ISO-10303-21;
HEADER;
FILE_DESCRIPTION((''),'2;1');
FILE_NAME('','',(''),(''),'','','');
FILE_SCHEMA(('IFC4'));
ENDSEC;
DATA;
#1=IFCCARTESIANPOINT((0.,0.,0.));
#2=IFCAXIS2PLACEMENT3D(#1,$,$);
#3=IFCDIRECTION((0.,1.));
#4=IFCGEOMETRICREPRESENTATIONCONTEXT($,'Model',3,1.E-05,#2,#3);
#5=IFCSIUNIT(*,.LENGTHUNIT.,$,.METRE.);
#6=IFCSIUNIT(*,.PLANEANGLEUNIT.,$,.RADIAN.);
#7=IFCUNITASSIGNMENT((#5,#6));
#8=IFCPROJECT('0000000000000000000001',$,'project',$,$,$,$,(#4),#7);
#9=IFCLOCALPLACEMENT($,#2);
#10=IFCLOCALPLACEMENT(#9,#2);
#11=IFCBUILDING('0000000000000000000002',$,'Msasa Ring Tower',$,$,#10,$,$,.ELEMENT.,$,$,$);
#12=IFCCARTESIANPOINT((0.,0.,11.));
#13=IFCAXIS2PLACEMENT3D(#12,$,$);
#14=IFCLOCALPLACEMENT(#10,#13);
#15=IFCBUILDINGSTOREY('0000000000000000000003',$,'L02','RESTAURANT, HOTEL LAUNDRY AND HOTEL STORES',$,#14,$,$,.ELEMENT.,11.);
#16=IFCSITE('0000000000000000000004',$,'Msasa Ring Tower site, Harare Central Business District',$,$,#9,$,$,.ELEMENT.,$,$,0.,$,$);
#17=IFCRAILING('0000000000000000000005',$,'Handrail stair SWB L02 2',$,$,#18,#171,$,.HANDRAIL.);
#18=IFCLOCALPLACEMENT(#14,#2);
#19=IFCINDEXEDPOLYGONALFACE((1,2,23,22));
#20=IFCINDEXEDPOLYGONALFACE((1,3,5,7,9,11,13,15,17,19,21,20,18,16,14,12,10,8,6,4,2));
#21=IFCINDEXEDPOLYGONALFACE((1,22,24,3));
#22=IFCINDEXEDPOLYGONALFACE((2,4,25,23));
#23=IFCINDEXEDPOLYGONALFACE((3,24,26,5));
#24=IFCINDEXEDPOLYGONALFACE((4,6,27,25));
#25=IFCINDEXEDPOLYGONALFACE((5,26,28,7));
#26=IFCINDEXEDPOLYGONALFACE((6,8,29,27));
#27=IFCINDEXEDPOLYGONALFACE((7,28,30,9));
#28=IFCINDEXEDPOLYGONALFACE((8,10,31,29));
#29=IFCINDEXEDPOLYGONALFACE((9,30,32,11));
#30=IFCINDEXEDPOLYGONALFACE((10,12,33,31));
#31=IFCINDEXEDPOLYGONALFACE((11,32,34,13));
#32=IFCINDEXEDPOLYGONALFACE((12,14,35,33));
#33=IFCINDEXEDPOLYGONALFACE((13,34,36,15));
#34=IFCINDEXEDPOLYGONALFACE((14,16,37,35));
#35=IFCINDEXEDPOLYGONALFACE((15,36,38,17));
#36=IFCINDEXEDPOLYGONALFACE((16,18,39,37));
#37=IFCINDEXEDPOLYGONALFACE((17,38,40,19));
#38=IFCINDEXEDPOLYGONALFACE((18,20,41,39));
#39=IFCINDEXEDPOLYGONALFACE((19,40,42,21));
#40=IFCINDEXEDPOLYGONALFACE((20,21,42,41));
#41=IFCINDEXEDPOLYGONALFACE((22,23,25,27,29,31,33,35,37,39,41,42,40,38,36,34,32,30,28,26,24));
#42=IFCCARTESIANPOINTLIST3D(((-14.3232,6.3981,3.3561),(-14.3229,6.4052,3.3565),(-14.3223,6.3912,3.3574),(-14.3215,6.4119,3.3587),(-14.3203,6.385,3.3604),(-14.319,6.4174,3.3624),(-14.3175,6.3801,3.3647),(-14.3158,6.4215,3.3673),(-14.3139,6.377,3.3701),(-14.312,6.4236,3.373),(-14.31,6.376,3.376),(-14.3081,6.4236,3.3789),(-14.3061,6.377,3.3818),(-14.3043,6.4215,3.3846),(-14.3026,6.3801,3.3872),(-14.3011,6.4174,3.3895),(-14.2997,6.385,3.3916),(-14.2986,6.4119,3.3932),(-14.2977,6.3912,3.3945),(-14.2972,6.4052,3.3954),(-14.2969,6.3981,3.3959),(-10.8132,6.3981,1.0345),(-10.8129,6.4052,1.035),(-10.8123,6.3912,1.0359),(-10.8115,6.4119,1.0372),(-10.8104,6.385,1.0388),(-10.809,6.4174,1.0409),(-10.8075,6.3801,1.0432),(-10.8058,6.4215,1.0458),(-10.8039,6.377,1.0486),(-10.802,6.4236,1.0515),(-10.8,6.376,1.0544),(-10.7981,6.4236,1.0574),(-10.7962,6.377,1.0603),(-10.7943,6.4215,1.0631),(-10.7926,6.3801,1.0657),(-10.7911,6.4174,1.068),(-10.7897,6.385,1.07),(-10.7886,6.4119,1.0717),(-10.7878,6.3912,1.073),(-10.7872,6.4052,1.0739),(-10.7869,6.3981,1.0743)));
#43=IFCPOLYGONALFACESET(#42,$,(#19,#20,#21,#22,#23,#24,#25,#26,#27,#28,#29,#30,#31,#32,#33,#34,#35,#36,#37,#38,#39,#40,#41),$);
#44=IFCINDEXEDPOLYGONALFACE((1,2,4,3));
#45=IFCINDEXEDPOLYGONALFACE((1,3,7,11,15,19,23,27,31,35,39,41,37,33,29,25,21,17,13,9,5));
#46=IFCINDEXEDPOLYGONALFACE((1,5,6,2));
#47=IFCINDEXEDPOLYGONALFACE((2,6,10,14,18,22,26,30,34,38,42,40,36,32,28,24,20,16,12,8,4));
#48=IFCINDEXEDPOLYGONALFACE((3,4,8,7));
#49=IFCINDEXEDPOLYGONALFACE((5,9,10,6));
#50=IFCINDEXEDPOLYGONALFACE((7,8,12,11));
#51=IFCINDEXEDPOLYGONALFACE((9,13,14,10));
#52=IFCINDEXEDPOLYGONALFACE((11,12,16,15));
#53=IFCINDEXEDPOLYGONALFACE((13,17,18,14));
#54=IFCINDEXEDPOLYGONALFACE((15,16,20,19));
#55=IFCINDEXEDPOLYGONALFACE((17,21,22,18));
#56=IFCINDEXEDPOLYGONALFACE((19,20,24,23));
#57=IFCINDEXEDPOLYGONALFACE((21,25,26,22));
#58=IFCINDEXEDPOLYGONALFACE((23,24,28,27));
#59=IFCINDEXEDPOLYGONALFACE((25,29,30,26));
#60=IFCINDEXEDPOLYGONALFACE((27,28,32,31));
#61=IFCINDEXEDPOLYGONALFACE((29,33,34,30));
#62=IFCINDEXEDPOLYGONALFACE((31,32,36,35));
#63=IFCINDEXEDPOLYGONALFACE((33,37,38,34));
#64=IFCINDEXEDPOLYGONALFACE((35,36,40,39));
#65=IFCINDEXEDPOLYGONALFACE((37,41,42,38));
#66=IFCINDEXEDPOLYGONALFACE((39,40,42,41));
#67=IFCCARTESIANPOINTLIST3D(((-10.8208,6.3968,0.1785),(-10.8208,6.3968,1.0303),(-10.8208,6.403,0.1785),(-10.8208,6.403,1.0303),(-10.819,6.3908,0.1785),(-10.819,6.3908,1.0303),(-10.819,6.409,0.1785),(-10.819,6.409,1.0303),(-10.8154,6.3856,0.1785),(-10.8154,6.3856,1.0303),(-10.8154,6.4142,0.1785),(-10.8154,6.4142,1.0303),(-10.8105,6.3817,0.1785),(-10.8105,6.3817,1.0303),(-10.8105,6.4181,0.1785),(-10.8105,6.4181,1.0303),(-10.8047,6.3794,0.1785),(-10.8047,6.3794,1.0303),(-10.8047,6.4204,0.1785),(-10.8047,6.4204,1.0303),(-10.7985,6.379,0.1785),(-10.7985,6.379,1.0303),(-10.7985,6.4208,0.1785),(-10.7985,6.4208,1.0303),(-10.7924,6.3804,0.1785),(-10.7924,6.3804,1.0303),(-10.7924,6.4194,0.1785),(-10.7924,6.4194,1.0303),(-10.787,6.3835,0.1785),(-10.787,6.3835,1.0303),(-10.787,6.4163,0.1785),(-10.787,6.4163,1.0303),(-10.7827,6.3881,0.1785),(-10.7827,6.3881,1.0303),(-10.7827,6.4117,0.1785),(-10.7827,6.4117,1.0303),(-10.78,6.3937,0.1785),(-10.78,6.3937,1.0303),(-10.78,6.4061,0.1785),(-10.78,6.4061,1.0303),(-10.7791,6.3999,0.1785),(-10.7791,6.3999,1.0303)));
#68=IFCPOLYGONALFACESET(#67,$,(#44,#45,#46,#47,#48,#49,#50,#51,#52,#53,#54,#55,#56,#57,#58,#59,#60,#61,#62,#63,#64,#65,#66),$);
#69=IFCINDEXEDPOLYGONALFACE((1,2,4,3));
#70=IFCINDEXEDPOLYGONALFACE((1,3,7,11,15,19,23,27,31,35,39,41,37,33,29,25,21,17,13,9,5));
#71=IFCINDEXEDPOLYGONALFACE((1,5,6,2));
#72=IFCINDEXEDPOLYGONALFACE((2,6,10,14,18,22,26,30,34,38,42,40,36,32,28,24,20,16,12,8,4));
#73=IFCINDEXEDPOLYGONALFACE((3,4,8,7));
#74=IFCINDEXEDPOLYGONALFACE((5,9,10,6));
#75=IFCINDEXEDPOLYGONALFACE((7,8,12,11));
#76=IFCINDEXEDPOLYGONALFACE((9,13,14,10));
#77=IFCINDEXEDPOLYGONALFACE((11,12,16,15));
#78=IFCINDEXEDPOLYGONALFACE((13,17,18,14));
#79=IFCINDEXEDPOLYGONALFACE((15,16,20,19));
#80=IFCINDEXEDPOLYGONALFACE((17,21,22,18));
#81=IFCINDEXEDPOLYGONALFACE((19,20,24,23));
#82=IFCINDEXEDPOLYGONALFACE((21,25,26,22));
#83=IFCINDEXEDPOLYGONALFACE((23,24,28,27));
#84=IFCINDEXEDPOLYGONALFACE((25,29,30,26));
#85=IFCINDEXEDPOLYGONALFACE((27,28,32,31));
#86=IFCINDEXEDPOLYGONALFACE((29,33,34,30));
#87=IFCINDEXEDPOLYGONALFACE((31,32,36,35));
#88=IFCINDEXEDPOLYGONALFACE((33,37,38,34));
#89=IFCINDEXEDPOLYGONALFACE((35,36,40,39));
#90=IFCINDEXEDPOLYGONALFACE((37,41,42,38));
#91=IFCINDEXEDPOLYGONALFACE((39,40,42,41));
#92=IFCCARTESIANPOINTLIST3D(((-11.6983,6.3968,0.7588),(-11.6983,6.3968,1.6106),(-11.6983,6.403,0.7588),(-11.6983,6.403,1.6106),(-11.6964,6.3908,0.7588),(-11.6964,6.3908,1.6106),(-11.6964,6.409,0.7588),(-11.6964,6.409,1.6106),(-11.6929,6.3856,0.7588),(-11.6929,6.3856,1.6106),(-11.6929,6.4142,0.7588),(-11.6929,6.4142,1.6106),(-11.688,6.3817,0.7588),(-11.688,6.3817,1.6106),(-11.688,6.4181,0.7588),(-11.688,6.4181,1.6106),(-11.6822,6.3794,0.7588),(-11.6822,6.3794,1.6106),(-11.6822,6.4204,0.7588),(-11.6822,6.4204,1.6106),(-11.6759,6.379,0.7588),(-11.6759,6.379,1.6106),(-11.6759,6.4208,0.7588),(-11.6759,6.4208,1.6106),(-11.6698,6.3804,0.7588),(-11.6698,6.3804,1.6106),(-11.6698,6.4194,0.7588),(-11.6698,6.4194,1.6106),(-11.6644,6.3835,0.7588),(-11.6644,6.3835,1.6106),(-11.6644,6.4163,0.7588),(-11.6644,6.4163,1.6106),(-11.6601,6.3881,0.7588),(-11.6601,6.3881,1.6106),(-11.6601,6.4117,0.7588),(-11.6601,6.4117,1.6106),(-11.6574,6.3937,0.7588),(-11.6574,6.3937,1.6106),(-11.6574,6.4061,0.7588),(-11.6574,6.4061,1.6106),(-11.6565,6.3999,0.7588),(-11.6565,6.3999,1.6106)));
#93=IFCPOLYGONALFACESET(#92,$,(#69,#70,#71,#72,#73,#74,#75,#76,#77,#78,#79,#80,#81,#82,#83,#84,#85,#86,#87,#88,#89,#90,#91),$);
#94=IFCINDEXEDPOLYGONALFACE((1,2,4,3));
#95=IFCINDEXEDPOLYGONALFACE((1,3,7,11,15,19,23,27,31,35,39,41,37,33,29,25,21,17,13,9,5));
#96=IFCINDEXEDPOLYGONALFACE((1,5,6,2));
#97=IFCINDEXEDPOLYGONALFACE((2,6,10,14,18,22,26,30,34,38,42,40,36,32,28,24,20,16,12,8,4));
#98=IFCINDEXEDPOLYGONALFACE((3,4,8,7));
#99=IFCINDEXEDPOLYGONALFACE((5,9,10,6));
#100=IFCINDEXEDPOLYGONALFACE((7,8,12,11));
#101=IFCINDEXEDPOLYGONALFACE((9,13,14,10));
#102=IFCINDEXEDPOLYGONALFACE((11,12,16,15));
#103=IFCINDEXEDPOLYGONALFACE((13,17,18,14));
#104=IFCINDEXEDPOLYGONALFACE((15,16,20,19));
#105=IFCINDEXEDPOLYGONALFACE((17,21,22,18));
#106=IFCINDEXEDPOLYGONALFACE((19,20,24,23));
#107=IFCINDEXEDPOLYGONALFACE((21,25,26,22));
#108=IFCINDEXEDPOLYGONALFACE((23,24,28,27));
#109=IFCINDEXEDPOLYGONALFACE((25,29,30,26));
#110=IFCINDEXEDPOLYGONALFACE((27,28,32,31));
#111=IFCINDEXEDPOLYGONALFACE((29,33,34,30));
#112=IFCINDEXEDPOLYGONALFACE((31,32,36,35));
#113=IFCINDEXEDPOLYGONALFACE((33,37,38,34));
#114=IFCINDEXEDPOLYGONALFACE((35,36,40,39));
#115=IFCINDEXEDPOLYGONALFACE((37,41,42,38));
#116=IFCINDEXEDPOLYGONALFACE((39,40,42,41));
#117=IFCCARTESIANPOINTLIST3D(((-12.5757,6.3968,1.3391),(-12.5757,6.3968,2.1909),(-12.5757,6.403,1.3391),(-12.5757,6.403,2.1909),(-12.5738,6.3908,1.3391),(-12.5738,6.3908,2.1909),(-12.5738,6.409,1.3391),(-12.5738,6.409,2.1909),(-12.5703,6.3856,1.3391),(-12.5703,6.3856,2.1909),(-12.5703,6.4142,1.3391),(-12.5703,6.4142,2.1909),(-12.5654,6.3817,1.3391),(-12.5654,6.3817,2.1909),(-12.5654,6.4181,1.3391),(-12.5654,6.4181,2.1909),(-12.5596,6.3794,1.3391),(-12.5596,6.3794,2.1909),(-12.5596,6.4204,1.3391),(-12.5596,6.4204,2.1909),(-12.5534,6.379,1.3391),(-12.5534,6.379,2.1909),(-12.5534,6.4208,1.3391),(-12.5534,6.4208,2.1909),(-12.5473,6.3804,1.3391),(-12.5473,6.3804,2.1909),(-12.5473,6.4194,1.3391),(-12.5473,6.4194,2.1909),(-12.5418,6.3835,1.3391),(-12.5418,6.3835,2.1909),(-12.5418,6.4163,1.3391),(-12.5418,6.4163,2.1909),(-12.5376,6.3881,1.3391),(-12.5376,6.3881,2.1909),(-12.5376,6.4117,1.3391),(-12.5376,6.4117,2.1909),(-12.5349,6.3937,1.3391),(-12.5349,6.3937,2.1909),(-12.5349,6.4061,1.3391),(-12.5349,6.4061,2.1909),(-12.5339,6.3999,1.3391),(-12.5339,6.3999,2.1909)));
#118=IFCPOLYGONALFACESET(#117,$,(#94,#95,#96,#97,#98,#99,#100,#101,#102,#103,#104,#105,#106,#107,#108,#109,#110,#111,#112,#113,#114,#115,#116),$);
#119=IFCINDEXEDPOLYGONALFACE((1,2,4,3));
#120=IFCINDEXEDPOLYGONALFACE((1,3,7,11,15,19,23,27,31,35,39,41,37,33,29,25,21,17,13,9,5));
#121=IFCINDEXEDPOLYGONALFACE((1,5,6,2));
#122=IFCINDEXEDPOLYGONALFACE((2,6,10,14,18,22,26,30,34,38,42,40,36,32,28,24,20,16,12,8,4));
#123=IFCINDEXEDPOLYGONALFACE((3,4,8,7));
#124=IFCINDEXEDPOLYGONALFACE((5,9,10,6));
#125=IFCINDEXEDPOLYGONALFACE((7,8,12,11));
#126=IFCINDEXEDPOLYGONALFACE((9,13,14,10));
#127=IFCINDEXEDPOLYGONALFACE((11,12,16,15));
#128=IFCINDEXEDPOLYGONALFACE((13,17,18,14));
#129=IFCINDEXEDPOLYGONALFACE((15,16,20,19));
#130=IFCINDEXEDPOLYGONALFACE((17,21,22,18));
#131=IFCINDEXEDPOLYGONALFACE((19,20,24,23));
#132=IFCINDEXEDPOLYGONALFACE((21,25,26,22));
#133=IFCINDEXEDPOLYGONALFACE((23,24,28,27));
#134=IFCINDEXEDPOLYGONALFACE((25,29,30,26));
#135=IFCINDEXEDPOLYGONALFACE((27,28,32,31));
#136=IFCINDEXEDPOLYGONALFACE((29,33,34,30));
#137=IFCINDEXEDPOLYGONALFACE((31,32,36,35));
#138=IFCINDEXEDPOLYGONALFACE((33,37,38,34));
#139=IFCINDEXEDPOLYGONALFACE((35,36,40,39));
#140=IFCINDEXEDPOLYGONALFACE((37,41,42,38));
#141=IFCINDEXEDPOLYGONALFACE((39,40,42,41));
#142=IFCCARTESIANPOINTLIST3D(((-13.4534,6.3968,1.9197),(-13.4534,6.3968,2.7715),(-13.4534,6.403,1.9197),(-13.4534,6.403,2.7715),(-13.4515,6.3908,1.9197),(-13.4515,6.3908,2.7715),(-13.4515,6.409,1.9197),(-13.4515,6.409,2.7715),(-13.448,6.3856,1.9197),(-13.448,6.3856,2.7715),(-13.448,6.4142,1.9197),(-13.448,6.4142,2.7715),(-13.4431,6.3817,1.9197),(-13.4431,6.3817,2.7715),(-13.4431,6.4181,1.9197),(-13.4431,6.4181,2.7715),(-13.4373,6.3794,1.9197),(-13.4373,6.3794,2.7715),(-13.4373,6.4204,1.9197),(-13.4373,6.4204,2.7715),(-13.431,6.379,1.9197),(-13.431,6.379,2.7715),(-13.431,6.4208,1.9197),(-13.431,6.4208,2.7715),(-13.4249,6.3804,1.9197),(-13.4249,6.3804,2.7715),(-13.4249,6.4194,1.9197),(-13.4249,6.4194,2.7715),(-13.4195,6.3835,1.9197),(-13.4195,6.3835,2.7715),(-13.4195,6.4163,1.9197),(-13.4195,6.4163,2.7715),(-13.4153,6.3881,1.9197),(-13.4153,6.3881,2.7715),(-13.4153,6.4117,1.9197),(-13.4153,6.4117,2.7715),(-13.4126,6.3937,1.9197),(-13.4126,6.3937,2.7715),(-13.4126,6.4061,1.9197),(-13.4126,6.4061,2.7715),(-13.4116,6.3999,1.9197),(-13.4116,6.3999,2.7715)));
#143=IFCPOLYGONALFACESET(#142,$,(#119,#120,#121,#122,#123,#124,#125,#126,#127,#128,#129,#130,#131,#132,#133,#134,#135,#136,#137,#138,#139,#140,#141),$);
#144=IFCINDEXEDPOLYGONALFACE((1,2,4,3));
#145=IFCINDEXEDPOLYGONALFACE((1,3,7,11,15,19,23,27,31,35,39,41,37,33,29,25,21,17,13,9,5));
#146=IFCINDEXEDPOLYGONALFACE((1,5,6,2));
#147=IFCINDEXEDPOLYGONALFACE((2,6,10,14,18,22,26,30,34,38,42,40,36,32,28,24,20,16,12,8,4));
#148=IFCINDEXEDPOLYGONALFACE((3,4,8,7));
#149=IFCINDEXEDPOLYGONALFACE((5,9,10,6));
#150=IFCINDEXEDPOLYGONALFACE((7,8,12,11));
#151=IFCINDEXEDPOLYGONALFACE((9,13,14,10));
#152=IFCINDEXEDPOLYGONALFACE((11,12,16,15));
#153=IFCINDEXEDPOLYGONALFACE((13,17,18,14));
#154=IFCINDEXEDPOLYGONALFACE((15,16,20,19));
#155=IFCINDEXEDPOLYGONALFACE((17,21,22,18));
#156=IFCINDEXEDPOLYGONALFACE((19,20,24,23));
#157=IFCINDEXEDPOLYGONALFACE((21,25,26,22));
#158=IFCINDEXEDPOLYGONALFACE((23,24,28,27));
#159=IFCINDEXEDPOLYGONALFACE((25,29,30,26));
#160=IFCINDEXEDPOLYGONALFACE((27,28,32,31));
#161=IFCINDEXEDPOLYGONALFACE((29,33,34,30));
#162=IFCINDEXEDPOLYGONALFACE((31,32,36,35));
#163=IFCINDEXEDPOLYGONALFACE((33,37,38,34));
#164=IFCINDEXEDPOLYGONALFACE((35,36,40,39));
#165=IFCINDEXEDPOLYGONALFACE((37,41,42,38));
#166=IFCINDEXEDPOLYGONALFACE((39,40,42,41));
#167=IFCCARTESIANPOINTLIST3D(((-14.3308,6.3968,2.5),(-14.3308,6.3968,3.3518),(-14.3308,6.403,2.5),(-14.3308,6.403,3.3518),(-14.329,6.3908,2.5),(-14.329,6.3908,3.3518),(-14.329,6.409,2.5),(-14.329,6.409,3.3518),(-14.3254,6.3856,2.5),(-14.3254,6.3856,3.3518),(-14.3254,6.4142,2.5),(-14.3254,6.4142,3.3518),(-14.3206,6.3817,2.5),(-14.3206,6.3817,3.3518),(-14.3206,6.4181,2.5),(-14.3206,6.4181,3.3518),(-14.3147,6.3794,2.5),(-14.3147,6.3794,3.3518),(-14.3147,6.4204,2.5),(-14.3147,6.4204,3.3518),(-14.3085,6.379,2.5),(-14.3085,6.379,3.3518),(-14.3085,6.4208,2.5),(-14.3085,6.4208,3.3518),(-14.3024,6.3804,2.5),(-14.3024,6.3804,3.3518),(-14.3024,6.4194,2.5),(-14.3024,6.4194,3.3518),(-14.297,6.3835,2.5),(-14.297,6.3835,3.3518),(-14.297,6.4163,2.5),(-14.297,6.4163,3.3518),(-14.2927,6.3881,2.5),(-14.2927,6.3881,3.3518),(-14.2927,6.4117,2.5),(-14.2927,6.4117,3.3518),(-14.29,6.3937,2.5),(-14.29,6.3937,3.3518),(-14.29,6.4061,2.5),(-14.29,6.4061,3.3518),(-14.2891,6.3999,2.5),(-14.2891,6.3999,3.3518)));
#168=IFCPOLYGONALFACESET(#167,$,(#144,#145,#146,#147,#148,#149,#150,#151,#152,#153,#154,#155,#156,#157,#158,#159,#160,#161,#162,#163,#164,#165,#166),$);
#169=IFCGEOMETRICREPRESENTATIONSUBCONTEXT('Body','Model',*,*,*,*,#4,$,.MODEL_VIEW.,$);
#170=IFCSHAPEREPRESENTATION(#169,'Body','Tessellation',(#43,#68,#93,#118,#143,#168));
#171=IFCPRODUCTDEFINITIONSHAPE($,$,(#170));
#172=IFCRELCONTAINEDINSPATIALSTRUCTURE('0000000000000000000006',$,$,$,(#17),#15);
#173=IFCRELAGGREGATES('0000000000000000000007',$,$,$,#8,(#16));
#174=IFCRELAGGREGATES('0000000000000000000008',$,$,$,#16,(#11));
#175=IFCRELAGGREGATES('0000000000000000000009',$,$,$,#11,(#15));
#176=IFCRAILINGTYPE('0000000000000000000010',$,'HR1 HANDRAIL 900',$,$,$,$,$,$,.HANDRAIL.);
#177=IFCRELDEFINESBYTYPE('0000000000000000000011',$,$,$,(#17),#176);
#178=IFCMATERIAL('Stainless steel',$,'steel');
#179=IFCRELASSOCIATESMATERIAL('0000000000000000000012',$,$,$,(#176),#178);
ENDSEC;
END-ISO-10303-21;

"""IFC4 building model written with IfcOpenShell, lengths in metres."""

from ifc_helpers import new_model, si_unit, direction, frame, origin, origin_2d, place, context, subcontext, project, spatial, circle, extrude, material, type_object, element, save


model = new_model("IFC4")

# Units and contexts
model_context = context("Model", 3, precision=1e-05, world=origin(), true_north=direction((0.0, 1.0)))
body_context = subcontext(model_context, "Body", "Model", "MODEL_VIEW")
ifc_project = project(units=[si_unit("LENGTHUNIT", "METRE"), si_unit("PLANEANGLEUNIT", "RADIAN")], contexts=[model_context])

# Site, building, storey
site_placement = place(None, origin())
site = spatial("IfcSite", under=ifc_project, at=site_placement, Name="Msasa Ring Tower site, Harare Central Business District", CompositionType="ELEMENT", RefElevation=0.0)
building_placement = place(site_placement, origin())
building = spatial("IfcBuilding", under=site, at=building_placement, Name="Msasa Ring Tower", CompositionType="ELEMENT")
storey_placement = place(building_placement, frame((0.0, 0.0, 11.0)))
storey = spatial("IfcBuildingStorey", under=building, at=storey_placement, Name="L02", Description="RESTAURANT, HOTEL LAUNDRY AND HOTEL STORES", CompositionType="ELEMENT", Elevation=11.0)

# Railing
ifc_material_1 = material(Name="Stainless steel", Category="steel")
railing_type = type_object("IfcRailingType", Name="HR1 HANDRAIL 900", PredefinedType="HANDRAIL", material=ifc_material_1)
for number, where, name in (
    (1, (-10.8, 6.3999, 0.1785), "Handrail stair SWB L02 2"),
):
    element("IfcRailing", number, at=place(storey_placement, frame(where)), inside=storey, type_object=railing_type, Name=name, PredefinedType="HANDRAIL", context=body_context, shape_type="SweptSolid", body=[
        extrude(circle(Radius=0.0239, at=origin_2d()), frame((0.0, 0.0, 0.876), z_axis=(-0.834071, 0.0, 0.551657), x_axis=(0.0, -1.0, 0.0)), (0.0, 0.0, 1.0), 4.2083),
        extrude(circle(Radius=0.021, at=origin_2d()), origin(), (0.0, 0.0, 1.0), 0.8518),
        extrude(circle(Radius=0.021, at=origin_2d()), frame((-0.8774, 0.0, 0.5803)), (0.0, 0.0, 1.0), 0.8518),
        extrude(circle(Radius=0.021, at=origin_2d()), frame((-1.7549, 0.0, 1.1606)), (0.0, 0.0, 1.0), 0.8518),
        extrude(circle(Radius=0.021, at=origin_2d()), frame((-2.6326, 0.0, 1.7412)), (0.0, 0.0, 1.0), 0.8518),
        extrude(circle(Radius=0.021, at=origin_2d()), frame((-3.51, 0.0, 2.3215)), (0.0, 0.0, 1.0), 0.8518),
    ])

save(model, "model.ifc")
